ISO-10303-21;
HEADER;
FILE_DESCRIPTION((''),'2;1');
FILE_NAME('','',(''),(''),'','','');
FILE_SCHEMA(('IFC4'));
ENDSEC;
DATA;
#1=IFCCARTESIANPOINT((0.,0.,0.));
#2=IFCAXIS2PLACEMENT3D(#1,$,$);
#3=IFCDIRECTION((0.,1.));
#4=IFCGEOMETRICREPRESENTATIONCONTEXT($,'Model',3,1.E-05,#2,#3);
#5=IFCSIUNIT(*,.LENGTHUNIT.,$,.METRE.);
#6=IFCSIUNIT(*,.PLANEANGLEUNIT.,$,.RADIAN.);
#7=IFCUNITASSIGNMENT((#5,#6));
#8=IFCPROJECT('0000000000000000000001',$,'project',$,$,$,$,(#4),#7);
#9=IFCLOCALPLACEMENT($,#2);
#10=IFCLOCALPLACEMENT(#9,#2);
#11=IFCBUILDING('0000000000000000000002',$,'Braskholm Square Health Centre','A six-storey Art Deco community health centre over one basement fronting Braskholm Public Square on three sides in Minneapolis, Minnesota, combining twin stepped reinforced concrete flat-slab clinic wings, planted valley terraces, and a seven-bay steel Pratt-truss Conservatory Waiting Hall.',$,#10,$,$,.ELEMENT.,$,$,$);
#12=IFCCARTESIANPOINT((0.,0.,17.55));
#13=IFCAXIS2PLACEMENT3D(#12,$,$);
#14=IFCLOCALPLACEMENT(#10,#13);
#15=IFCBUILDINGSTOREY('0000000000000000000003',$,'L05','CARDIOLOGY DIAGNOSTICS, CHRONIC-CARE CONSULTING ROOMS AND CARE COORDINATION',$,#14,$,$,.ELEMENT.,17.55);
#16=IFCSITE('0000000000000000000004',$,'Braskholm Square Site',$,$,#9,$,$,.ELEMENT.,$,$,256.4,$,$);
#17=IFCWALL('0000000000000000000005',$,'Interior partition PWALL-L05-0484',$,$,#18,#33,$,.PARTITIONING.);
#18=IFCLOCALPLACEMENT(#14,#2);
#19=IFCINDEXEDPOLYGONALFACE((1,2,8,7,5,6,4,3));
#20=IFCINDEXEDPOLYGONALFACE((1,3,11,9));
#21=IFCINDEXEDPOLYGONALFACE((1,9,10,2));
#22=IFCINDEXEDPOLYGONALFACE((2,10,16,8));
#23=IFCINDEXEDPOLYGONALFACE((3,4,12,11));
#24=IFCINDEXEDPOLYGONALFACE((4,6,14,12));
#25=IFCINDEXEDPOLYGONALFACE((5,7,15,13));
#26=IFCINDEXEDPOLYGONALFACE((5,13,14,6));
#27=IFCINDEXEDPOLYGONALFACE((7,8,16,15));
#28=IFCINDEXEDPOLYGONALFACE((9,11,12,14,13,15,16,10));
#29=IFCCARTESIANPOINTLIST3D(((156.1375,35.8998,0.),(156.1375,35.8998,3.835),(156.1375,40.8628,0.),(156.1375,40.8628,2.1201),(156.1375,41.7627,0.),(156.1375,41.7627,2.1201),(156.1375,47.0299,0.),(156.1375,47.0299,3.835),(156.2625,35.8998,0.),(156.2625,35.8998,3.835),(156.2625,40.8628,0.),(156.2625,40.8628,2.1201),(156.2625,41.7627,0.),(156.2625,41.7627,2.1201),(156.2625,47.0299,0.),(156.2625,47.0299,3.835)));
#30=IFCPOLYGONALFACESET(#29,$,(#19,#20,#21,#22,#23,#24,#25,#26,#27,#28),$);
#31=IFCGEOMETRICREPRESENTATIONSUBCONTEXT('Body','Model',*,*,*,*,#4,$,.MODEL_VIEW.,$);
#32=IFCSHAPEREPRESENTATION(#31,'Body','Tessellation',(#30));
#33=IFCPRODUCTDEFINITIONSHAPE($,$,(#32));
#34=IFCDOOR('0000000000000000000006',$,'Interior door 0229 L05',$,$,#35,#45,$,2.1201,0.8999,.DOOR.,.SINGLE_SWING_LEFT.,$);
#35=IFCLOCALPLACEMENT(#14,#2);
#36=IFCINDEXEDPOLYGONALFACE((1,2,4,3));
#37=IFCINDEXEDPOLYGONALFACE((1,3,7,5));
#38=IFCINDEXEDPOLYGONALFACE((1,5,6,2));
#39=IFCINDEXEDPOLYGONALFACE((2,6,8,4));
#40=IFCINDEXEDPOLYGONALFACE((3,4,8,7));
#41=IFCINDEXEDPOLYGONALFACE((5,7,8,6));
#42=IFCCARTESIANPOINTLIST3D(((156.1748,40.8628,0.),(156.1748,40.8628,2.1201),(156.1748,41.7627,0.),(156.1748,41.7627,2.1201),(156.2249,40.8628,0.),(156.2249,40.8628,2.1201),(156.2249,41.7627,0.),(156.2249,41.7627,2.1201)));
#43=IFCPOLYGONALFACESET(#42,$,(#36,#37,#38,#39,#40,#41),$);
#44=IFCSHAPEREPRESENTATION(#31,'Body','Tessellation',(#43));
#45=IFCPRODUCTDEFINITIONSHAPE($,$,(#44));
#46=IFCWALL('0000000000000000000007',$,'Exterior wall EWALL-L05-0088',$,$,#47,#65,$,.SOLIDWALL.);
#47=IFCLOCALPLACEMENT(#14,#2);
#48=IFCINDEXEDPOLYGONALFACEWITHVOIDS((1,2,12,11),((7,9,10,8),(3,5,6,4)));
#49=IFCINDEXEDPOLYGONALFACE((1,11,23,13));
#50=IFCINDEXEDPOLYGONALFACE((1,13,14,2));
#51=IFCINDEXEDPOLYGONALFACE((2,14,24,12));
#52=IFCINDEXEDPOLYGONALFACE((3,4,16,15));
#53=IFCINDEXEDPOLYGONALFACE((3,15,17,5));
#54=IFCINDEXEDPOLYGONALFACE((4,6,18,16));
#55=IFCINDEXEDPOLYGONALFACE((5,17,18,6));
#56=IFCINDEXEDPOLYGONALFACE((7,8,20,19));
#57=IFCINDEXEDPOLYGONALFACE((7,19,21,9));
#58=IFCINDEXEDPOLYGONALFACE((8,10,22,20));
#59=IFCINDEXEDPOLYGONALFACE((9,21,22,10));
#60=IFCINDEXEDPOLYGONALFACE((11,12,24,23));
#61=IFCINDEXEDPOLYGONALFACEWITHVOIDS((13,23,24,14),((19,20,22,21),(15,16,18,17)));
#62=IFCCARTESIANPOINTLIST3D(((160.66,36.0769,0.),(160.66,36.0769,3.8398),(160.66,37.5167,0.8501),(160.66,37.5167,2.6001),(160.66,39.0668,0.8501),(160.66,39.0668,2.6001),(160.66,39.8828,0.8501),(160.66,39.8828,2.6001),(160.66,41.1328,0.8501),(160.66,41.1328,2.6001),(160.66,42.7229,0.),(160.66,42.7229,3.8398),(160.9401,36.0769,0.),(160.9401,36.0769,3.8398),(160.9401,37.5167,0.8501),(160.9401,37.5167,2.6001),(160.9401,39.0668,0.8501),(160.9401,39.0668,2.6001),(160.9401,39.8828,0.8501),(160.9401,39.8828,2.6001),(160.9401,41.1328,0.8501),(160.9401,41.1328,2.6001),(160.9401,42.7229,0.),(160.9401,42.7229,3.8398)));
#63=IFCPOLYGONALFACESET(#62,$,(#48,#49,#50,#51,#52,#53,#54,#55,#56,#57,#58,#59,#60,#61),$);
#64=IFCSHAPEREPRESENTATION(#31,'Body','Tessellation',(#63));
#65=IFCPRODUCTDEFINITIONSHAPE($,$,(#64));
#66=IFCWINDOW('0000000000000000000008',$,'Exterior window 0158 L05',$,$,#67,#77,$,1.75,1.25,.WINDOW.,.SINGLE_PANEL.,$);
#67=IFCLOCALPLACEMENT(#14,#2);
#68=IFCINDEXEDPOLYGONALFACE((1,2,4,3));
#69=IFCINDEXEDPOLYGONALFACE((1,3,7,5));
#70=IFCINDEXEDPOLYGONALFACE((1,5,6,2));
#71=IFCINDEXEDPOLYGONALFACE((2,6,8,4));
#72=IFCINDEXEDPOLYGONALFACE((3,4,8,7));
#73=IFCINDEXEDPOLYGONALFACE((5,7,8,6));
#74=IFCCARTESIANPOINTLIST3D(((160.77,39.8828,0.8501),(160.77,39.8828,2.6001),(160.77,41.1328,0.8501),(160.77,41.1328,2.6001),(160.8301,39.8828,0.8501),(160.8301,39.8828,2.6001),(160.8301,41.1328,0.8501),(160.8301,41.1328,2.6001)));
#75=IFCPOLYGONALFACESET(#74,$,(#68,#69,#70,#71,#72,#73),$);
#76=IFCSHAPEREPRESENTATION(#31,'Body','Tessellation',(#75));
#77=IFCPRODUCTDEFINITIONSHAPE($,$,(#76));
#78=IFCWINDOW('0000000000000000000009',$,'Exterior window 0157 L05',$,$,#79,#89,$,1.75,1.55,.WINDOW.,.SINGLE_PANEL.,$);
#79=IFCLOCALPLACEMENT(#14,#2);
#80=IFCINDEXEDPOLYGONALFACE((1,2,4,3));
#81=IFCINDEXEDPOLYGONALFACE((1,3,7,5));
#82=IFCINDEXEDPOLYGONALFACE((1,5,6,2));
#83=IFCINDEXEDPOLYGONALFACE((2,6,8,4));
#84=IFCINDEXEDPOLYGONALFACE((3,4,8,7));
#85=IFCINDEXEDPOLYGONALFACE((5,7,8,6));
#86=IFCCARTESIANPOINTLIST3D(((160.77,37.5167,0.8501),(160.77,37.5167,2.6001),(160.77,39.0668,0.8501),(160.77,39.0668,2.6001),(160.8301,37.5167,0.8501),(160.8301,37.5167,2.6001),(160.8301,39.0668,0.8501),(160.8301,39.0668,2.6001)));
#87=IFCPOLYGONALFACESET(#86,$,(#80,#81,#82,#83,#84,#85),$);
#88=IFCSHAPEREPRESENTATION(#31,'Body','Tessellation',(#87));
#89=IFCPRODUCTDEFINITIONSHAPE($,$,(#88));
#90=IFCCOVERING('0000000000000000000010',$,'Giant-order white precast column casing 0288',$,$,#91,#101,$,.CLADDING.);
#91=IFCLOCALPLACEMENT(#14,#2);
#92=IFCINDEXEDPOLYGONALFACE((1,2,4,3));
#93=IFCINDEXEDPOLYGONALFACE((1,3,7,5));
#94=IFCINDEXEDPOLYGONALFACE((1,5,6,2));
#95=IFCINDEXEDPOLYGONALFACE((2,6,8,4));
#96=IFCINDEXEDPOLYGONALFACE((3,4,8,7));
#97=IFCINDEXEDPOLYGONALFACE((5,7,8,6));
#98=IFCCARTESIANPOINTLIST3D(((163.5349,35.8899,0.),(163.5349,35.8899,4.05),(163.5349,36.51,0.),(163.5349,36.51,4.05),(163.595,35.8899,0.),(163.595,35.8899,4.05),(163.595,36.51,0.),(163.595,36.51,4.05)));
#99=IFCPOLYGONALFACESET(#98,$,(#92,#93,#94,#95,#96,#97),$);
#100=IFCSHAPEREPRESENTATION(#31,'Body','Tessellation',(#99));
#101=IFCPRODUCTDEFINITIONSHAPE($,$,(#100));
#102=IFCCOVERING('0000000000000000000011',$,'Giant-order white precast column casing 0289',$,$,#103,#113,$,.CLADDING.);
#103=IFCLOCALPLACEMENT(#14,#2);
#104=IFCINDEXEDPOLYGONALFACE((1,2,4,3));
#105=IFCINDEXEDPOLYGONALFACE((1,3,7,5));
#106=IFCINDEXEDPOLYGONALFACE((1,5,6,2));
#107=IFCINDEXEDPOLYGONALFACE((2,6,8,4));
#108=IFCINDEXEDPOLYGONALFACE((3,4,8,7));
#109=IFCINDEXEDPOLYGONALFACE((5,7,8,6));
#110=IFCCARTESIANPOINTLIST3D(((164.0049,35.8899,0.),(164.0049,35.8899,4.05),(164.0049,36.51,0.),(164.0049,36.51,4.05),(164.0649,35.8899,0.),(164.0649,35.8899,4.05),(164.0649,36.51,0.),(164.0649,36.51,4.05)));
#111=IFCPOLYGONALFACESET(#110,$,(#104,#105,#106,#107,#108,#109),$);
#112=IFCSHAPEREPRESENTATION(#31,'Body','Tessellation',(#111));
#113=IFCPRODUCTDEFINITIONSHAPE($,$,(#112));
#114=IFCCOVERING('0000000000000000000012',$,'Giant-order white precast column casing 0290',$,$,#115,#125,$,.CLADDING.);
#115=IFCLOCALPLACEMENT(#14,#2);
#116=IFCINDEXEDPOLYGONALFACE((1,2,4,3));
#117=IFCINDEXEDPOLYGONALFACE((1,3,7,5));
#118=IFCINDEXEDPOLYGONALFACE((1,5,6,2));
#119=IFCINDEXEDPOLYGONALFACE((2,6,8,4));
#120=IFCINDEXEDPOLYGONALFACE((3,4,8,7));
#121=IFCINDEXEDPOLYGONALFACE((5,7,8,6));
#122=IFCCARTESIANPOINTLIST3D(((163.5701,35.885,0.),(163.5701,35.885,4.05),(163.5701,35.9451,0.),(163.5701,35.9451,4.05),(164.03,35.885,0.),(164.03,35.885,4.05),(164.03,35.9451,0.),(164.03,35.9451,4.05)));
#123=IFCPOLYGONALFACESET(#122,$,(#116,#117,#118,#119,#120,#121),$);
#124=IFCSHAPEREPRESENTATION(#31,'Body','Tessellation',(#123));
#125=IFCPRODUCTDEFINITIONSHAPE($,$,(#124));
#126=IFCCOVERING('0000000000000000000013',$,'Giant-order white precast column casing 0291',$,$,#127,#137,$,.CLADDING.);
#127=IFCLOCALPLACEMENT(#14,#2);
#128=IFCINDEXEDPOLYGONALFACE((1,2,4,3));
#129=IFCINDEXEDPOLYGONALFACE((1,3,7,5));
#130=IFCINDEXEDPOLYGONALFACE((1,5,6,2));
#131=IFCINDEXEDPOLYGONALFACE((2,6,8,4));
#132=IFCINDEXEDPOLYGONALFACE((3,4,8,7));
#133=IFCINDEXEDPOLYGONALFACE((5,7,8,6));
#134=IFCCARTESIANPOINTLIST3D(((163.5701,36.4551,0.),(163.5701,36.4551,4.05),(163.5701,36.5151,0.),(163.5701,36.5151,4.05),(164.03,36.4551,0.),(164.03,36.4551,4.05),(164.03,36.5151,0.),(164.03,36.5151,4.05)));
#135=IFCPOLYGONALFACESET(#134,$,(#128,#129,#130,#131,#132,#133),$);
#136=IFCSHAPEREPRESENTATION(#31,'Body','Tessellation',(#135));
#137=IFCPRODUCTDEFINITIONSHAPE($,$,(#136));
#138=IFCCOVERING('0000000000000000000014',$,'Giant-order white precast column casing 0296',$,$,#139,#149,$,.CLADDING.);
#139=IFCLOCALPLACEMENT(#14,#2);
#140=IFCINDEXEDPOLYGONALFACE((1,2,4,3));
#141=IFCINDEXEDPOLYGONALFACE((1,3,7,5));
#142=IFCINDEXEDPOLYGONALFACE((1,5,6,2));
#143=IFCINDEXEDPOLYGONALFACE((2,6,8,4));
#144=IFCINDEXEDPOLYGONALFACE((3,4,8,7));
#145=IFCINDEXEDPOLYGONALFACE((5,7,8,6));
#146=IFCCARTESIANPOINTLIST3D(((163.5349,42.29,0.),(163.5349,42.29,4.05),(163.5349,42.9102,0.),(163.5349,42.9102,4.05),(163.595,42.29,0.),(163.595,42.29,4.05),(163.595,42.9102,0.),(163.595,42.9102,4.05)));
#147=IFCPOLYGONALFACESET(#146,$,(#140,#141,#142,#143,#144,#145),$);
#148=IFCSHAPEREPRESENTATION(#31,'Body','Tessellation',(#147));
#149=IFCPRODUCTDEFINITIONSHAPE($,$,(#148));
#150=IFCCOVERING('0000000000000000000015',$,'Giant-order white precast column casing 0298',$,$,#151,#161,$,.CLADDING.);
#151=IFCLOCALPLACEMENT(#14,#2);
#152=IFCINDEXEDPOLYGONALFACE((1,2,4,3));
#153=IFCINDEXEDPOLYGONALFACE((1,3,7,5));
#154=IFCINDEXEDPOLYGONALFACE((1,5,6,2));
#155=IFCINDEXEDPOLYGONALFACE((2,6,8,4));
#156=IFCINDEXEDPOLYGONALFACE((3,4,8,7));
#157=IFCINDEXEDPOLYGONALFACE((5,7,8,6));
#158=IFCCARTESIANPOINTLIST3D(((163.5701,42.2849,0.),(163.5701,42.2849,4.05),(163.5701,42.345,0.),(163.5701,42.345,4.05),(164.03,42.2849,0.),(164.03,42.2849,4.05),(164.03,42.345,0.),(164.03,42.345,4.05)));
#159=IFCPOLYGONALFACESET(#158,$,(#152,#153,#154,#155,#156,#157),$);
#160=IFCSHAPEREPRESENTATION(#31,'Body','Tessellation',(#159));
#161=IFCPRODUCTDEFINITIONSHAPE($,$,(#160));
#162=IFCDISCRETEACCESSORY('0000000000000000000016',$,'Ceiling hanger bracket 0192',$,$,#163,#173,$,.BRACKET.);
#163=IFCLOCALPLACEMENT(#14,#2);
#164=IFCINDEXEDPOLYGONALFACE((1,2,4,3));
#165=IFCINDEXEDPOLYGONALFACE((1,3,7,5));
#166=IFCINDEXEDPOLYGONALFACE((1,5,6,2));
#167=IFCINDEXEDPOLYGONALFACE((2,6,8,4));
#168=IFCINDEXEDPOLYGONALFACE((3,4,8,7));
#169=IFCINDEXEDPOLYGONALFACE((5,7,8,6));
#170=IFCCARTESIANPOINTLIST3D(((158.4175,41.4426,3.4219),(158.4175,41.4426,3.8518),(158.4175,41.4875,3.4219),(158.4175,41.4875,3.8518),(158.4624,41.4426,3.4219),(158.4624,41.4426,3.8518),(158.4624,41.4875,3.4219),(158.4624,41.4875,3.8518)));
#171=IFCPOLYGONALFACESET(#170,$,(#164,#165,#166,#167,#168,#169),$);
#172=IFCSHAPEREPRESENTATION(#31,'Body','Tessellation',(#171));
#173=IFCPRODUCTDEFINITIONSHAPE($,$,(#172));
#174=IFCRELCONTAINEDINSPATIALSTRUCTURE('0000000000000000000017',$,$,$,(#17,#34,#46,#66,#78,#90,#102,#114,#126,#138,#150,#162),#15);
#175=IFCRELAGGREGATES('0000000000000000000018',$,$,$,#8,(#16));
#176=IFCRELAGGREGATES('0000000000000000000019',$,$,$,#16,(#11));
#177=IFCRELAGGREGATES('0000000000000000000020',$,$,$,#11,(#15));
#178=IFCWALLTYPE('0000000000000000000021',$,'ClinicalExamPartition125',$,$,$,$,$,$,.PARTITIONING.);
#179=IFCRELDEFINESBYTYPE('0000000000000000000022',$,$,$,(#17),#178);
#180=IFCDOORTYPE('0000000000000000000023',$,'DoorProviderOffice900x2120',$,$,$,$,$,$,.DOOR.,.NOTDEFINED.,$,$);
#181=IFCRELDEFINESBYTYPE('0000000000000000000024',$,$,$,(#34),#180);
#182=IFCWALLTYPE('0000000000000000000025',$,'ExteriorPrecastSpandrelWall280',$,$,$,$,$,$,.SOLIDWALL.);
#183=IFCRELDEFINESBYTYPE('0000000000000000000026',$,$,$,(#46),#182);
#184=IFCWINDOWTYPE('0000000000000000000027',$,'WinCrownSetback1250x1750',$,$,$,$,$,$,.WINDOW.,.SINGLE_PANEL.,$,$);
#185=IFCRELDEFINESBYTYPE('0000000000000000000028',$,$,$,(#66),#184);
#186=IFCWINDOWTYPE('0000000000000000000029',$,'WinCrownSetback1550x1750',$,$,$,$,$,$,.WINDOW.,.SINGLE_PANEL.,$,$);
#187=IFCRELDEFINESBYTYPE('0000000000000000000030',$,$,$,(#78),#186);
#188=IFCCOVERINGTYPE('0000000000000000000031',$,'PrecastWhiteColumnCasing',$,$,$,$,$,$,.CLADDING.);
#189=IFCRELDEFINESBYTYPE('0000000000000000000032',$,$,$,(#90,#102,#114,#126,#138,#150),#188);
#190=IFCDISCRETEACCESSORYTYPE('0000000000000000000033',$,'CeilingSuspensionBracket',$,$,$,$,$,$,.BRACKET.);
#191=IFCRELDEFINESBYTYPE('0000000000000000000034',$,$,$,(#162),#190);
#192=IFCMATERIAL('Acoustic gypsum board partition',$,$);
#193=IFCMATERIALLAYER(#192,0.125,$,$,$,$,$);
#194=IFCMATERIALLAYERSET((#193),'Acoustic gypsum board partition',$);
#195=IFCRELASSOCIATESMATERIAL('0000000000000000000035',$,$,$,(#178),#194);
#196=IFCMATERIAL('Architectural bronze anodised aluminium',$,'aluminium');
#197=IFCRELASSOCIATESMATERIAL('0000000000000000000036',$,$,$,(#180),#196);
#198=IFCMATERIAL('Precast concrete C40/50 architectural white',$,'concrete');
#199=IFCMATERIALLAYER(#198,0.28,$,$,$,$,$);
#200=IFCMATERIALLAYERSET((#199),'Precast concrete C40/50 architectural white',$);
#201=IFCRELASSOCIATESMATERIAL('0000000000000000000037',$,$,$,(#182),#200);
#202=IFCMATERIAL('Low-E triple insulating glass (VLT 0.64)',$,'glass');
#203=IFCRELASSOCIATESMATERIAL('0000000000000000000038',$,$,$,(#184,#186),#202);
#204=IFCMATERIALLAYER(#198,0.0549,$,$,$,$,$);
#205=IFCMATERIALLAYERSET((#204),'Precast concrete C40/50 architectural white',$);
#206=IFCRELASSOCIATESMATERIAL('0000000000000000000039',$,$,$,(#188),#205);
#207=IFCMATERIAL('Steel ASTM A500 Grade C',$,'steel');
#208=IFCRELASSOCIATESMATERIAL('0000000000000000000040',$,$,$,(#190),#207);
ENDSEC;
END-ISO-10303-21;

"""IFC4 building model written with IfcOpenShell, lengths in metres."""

from ifc_helpers import new_model, si_unit, direction, frame, frame_2d, origin, origin_with_axes, origin_2d, place, context, subcontext, project, spatial, rectangle, extrude, material, layer, layer_set, type_object, element, fill, save


model = new_model("IFC4")

# Units and contexts
model_context = context("Model", 3, precision=1e-05, world=origin(), true_north=direction((0.0, 1.0)))
body_context = subcontext(model_context, "Body", "Model", "MODEL_VIEW")
ifc_project = project(units=[si_unit("LENGTHUNIT", "METRE"), si_unit("PLANEANGLEUNIT", "RADIAN")], contexts=[model_context])

# Site, building, storey
site_placement = place(None, origin())
site = spatial("IfcSite", under=ifc_project, at=site_placement, Name="Braskholm Square Site", CompositionType="ELEMENT", RefElevation=256.4)
building_placement = place(site_placement, origin())
building = spatial("IfcBuilding", under=site, at=building_placement, Name="Braskholm Square Health Centre", Description="A six-storey Art Deco community health centre over one basement fronting Braskholm Public Square on three sides in Minneapolis, Minnesota, combining twin stepped reinforced concrete flat-slab clinic wings, planted valley terraces, and a seven-bay steel Pratt-truss Conservatory Waiting Hall.", CompositionType="ELEMENT")
storey_placement = place(building_placement, frame((0.0, 0.0, 17.55)))
storey = spatial("IfcBuildingStorey", under=building, at=storey_placement, Name="L05", Description="CARDIOLOGY DIAGNOSTICS, CHRONIC-CARE CONSULTING ROOMS AND CARE COORDINATION", CompositionType="ELEMENT", Elevation=17.55)

# Shared definitions
ifc_material_1 = material(Name="Precast concrete C40/50 architectural white", Category="concrete")

# Shared definitions
ifc_material_2 = material(Name="Low-E triple insulating glass (VLT 0.64)", Category="glass")
ifc_material_3 = material(Name="Architectural bronze anodised aluminium", Category="aluminium")

# Shared definitions
ifc_material_4 = material(Name="Acoustic gypsum board partition")
ifc_layer_1 = layer(ifc_material_4, 0.125)
ifc_layer_set_1 = layer_set([ifc_layer_1], Name="Acoustic gypsum board partition")
wall_type_1 = type_object("IfcWallType", Name="ClinicalExamPartition125", PredefinedType="PARTITIONING", material=ifc_layer_set_1)

# Wall, opening, door
wall_1_placement = place(storey_placement, frame((156.2, 35.8999, 0.0), z_axis=(0.0, 0.0, 1.0), x_axis=(0.0, 1.0, 0.0)))
wall_1 = element("IfcWall", 1, at=wall_1_placement, inside=storey, type_object=wall_type_1, Name="Interior partition PWALL-L05-0484", PredefinedType="PARTITIONING", context=body_context, shape_type="SweptSolid", body=[
    extrude(rectangle(XDim=11.1301, YDim=0.125, at=frame_2d((5.5649, 0.0))), origin(), (0.0, 0.0, 1.0), 3.835),
])
opening_1_placement = place(wall_1_placement, frame((4.9629, 0.0, 0.0)))
opening_1 = element("IfcOpeningElement", 2, at=opening_1_placement, cuts=wall_1, PredefinedType="OPENING", context=body_context, shape_type="SweptSolid", body=[
    extrude(rectangle(XDim=0.8999, YDim=2.1201, at=frame_2d((0.45, 1.0601))), frame((0.0, 0.0725, 0.0), z_axis=(0.0, -1.0, 0.0), x_axis=(1.0, 0.0, 0.0)), (0.0, 0.0, 1.0), 0.145),
])
door_type = type_object("IfcDoorType", Name="DoorProviderOffice900x2120", OperationType="NOTDEFINED", PredefinedType="DOOR", material=ifc_material_3)
door_placement = place(opening_1_placement, frame((0.8999, 0.0, 0.0), z_axis=(0.0, 0.0, 1.0), x_axis=(-1.0, 0.0, 0.0)))
door = element("IfcDoor", 3, at=door_placement, inside=storey, type_object=door_type, Name="Interior door 0229 L05", OperationType="SINGLE_SWING_LEFT", OverallHeight=2.1201, OverallWidth=0.8999, PredefinedType="DOOR", context=body_context, shape_type="SweptSolid", body=[
    extrude(rectangle(XDim=0.8999, YDim=2.1201, at=frame_2d((0.45, 1.0601))), frame((0.0, 0.0249, 0.0), z_axis=(0.0, -1.0, 0.0), x_axis=(1.0, 0.0, 0.0)), (0.0, 0.0, 1.0), 0.05),
])
fill(opening_1, door)

# Wall, openings, windows
ifc_layer_2 = layer(ifc_material_1, 0.28)
ifc_layer_set_2 = layer_set([ifc_layer_2], Name="Precast concrete C40/50 architectural white")
wall_type_2 = type_object("IfcWallType", Name="ExteriorPrecastSpandrelWall280", PredefinedType="SOLIDWALL", material=ifc_layer_set_2)
wall_2_placement = place(storey_placement, frame((160.8, 36.0769, 0.0), z_axis=(0.0, 0.0, 1.0), x_axis=(0.0, 1.0, 0.0)))
wall_2 = element("IfcWall", 4, at=wall_2_placement, inside=storey, type_object=wall_type_2, Name="Exterior wall EWALL-L05-0088", PredefinedType="SOLIDWALL", context=body_context, shape_type="SweptSolid", body=[
    extrude(rectangle(XDim=6.646, YDim=0.28, at=frame_2d((3.323, 0.0))), origin(), (0.0, 0.0, 1.0), 3.8398),
])
opening_2_placement = place(wall_2_placement, frame((1.4399, 0.0, 0.8501)))
opening_2 = element("IfcOpeningElement", 5, at=opening_2_placement, cuts=wall_2, PredefinedType="OPENING", context=body_context, shape_type="SweptSolid", body=[
    extrude(rectangle(XDim=1.55, YDim=1.75, at=frame_2d((0.7749, 0.875))), frame((0.0, 0.1499, 0.0), z_axis=(0.0, -1.0, 0.0), x_axis=(1.0, 0.0, 0.0)), (0.0, 0.0, 1.0), 0.3),
])
opening_3_placement = place(wall_2_placement, frame((3.8059, 0.0, 0.8501)))
opening_3 = element("IfcOpeningElement", 6, at=opening_3_placement, cuts=wall_2, PredefinedType="OPENING", context=body_context, shape_type="SweptSolid", body=[
    extrude(rectangle(XDim=1.25, YDim=1.75, at=frame_2d((0.625, 0.875))), frame((0.0, 0.1499, 0.0), z_axis=(0.0, -1.0, 0.0), x_axis=(1.0, 0.0, 0.0)), (0.0, 0.0, 1.0), 0.3),
])
window_type_1 = type_object("IfcWindowType", Name="WinCrownSetback1250x1750", PartitioningType="SINGLE_PANEL", PredefinedType="WINDOW", material=ifc_material_2)
window_1_placement = place(opening_3_placement, origin_with_axes())
window_1 = element("IfcWindow", 7, at=window_1_placement, inside=storey, type_object=window_type_1, Name="Exterior window 0158 L05", OverallHeight=1.75, OverallWidth=1.25, PartitioningType="SINGLE_PANEL", PredefinedType="WINDOW", context=body_context, shape_type="SweptSolid", body=[
    extrude(rectangle(XDim=1.25, YDim=1.75, at=frame_2d((0.625, 0.875))), frame((0.0, 0.03, 0.0), z_axis=(0.0, -1.0, 0.0), x_axis=(1.0, 0.0, 0.0)), (0.0, 0.0, 1.0), 0.0601),
])
fill(opening_3, window_1)
window_type_2 = type_object("IfcWindowType", Name="WinCrownSetback1550x1750", PartitioningType="SINGLE_PANEL", PredefinedType="WINDOW", material=ifc_material_2)
window_2_placement = place(opening_2_placement, origin_with_axes())
window_2 = element("IfcWindow", 8, at=window_2_placement, inside=storey, type_object=window_type_2, Name="Exterior window 0157 L05", OverallHeight=1.75, OverallWidth=1.55, PartitioningType="SINGLE_PANEL", PredefinedType="WINDOW", context=body_context, shape_type="SweptSolid", body=[
    extrude(rectangle(XDim=1.55, YDim=1.75, at=frame_2d((0.7749, 0.875))), frame((0.0, 0.03, 0.0), z_axis=(0.0, -1.0, 0.0), x_axis=(1.0, 0.0, 0.0)), (0.0, 0.0, 1.0), 0.0601),
])
fill(opening_2, window_2)

# Coverings
ifc_layer_3 = layer(ifc_material_1, 0.0549)
ifc_layer_set_3 = layer_set([ifc_layer_3], Name="Precast concrete C40/50 architectural white")
covering_type = type_object("IfcCoveringType", Name="PrecastWhiteColumnCasing", PredefinedType="CLADDING", material=ifc_layer_set_3)
for number, where, z_axis, x_axis, name in (
    (9, (163.5649, 36.2, 0.0), (0.0, 0.0, 1.0), (1.0, 0.0, 0.0), "Giant-order white precast column casing 0288"),
    (10, (164.0349, 36.2, 0.0), (0.0, 0.0, 1.0), (1.0, 0.0, 0.0), "Giant-order white precast column casing 0289"),
):
    element("IfcCovering", number, at=place(storey_placement, frame(where, z_axis=z_axis, x_axis=x_axis)), inside=storey, type_object=covering_type, Name=name, PredefinedType="CLADDING", context=body_context, shape_type="SweptSolid", body=[
        extrude(rectangle(XDim=0.0601, YDim=0.6201, at=origin_2d()), origin(), (0.0, 0.0, 1.0), 4.05),
    ])
for number, where, z_axis, x_axis, name in (
    (11, (163.8, 35.915, 0.0), (0.0, 0.0, 1.0), (1.0, 0.0, 0.0), "Giant-order white precast column casing 0290"),
    (12, (163.8, 36.4851, 0.0), (0.0, 0.0, 1.0), (1.0, 0.0, 0.0), "Giant-order white precast column casing 0291"),
):
    element("IfcCovering", number, at=place(storey_placement, frame(where, z_axis=z_axis, x_axis=x_axis)), inside=storey, type_object=covering_type, Name=name, PredefinedType="CLADDING", context=body_context, shape_type="SweptSolid", body=[
        extrude(rectangle(XDim=0.46, YDim=0.0601, at=origin_2d()), origin(), (0.0, 0.0, 1.0), 4.05),
    ])
covering_1_placement = place(storey_placement, frame((163.5649, 42.6001, 0.0), z_axis=(0.0, 0.0, 1.0), x_axis=(1.0, 0.0, 0.0)))
element("IfcCovering", 13, at=covering_1_placement, inside=storey, type_object=covering_type, Name="Giant-order white precast column casing 0296", PredefinedType="CLADDING", context=body_context, shape_type="SweptSolid", body=[
    extrude(rectangle(XDim=0.0601, YDim=0.6201, at=origin_2d()), origin(), (0.0, 0.0, 1.0), 4.05),
])
covering_2_placement = place(storey_placement, frame((163.8, 42.3149, 0.0), z_axis=(0.0, 0.0, 1.0), x_axis=(1.0, 0.0, 0.0)))
element("IfcCovering", 14, at=covering_2_placement, inside=storey, type_object=covering_type, Name="Giant-order white precast column casing 0298", PredefinedType="CLADDING", context=body_context, shape_type="SweptSolid", body=[
    extrude(rectangle(XDim=0.46, YDim=0.0601, at=origin_2d()), origin(), (0.0, 0.0, 1.0), 4.05),
])

# Discrete accessory
ifc_material_5 = material(Name="Steel ASTM A500 Grade C", Category="steel")
discrete_accessory_type = type_object("IfcDiscreteAccessoryType", Name="CeilingSuspensionBracket", PredefinedType="BRACKET", material=ifc_material_5)
discrete_accessory_placement = place(storey_placement, frame((158.4399, 41.4651, 3.4219), z_axis=(0.0, 0.0, 1.0), x_axis=(1.0, 0.0, 0.0)))
element("IfcDiscreteAccessory", 15, at=discrete_accessory_placement, inside=storey, type_object=discrete_accessory_type, Name="Ceiling hanger bracket 0192", PredefinedType="BRACKET", context=body_context, shape_type="SweptSolid", body=[
    extrude(rectangle(XDim=0.0449, YDim=0.0449, at=origin_2d()), origin(), (0.0, 0.0, 1.0), 0.4299),
])

save(model, "model.ifc")
